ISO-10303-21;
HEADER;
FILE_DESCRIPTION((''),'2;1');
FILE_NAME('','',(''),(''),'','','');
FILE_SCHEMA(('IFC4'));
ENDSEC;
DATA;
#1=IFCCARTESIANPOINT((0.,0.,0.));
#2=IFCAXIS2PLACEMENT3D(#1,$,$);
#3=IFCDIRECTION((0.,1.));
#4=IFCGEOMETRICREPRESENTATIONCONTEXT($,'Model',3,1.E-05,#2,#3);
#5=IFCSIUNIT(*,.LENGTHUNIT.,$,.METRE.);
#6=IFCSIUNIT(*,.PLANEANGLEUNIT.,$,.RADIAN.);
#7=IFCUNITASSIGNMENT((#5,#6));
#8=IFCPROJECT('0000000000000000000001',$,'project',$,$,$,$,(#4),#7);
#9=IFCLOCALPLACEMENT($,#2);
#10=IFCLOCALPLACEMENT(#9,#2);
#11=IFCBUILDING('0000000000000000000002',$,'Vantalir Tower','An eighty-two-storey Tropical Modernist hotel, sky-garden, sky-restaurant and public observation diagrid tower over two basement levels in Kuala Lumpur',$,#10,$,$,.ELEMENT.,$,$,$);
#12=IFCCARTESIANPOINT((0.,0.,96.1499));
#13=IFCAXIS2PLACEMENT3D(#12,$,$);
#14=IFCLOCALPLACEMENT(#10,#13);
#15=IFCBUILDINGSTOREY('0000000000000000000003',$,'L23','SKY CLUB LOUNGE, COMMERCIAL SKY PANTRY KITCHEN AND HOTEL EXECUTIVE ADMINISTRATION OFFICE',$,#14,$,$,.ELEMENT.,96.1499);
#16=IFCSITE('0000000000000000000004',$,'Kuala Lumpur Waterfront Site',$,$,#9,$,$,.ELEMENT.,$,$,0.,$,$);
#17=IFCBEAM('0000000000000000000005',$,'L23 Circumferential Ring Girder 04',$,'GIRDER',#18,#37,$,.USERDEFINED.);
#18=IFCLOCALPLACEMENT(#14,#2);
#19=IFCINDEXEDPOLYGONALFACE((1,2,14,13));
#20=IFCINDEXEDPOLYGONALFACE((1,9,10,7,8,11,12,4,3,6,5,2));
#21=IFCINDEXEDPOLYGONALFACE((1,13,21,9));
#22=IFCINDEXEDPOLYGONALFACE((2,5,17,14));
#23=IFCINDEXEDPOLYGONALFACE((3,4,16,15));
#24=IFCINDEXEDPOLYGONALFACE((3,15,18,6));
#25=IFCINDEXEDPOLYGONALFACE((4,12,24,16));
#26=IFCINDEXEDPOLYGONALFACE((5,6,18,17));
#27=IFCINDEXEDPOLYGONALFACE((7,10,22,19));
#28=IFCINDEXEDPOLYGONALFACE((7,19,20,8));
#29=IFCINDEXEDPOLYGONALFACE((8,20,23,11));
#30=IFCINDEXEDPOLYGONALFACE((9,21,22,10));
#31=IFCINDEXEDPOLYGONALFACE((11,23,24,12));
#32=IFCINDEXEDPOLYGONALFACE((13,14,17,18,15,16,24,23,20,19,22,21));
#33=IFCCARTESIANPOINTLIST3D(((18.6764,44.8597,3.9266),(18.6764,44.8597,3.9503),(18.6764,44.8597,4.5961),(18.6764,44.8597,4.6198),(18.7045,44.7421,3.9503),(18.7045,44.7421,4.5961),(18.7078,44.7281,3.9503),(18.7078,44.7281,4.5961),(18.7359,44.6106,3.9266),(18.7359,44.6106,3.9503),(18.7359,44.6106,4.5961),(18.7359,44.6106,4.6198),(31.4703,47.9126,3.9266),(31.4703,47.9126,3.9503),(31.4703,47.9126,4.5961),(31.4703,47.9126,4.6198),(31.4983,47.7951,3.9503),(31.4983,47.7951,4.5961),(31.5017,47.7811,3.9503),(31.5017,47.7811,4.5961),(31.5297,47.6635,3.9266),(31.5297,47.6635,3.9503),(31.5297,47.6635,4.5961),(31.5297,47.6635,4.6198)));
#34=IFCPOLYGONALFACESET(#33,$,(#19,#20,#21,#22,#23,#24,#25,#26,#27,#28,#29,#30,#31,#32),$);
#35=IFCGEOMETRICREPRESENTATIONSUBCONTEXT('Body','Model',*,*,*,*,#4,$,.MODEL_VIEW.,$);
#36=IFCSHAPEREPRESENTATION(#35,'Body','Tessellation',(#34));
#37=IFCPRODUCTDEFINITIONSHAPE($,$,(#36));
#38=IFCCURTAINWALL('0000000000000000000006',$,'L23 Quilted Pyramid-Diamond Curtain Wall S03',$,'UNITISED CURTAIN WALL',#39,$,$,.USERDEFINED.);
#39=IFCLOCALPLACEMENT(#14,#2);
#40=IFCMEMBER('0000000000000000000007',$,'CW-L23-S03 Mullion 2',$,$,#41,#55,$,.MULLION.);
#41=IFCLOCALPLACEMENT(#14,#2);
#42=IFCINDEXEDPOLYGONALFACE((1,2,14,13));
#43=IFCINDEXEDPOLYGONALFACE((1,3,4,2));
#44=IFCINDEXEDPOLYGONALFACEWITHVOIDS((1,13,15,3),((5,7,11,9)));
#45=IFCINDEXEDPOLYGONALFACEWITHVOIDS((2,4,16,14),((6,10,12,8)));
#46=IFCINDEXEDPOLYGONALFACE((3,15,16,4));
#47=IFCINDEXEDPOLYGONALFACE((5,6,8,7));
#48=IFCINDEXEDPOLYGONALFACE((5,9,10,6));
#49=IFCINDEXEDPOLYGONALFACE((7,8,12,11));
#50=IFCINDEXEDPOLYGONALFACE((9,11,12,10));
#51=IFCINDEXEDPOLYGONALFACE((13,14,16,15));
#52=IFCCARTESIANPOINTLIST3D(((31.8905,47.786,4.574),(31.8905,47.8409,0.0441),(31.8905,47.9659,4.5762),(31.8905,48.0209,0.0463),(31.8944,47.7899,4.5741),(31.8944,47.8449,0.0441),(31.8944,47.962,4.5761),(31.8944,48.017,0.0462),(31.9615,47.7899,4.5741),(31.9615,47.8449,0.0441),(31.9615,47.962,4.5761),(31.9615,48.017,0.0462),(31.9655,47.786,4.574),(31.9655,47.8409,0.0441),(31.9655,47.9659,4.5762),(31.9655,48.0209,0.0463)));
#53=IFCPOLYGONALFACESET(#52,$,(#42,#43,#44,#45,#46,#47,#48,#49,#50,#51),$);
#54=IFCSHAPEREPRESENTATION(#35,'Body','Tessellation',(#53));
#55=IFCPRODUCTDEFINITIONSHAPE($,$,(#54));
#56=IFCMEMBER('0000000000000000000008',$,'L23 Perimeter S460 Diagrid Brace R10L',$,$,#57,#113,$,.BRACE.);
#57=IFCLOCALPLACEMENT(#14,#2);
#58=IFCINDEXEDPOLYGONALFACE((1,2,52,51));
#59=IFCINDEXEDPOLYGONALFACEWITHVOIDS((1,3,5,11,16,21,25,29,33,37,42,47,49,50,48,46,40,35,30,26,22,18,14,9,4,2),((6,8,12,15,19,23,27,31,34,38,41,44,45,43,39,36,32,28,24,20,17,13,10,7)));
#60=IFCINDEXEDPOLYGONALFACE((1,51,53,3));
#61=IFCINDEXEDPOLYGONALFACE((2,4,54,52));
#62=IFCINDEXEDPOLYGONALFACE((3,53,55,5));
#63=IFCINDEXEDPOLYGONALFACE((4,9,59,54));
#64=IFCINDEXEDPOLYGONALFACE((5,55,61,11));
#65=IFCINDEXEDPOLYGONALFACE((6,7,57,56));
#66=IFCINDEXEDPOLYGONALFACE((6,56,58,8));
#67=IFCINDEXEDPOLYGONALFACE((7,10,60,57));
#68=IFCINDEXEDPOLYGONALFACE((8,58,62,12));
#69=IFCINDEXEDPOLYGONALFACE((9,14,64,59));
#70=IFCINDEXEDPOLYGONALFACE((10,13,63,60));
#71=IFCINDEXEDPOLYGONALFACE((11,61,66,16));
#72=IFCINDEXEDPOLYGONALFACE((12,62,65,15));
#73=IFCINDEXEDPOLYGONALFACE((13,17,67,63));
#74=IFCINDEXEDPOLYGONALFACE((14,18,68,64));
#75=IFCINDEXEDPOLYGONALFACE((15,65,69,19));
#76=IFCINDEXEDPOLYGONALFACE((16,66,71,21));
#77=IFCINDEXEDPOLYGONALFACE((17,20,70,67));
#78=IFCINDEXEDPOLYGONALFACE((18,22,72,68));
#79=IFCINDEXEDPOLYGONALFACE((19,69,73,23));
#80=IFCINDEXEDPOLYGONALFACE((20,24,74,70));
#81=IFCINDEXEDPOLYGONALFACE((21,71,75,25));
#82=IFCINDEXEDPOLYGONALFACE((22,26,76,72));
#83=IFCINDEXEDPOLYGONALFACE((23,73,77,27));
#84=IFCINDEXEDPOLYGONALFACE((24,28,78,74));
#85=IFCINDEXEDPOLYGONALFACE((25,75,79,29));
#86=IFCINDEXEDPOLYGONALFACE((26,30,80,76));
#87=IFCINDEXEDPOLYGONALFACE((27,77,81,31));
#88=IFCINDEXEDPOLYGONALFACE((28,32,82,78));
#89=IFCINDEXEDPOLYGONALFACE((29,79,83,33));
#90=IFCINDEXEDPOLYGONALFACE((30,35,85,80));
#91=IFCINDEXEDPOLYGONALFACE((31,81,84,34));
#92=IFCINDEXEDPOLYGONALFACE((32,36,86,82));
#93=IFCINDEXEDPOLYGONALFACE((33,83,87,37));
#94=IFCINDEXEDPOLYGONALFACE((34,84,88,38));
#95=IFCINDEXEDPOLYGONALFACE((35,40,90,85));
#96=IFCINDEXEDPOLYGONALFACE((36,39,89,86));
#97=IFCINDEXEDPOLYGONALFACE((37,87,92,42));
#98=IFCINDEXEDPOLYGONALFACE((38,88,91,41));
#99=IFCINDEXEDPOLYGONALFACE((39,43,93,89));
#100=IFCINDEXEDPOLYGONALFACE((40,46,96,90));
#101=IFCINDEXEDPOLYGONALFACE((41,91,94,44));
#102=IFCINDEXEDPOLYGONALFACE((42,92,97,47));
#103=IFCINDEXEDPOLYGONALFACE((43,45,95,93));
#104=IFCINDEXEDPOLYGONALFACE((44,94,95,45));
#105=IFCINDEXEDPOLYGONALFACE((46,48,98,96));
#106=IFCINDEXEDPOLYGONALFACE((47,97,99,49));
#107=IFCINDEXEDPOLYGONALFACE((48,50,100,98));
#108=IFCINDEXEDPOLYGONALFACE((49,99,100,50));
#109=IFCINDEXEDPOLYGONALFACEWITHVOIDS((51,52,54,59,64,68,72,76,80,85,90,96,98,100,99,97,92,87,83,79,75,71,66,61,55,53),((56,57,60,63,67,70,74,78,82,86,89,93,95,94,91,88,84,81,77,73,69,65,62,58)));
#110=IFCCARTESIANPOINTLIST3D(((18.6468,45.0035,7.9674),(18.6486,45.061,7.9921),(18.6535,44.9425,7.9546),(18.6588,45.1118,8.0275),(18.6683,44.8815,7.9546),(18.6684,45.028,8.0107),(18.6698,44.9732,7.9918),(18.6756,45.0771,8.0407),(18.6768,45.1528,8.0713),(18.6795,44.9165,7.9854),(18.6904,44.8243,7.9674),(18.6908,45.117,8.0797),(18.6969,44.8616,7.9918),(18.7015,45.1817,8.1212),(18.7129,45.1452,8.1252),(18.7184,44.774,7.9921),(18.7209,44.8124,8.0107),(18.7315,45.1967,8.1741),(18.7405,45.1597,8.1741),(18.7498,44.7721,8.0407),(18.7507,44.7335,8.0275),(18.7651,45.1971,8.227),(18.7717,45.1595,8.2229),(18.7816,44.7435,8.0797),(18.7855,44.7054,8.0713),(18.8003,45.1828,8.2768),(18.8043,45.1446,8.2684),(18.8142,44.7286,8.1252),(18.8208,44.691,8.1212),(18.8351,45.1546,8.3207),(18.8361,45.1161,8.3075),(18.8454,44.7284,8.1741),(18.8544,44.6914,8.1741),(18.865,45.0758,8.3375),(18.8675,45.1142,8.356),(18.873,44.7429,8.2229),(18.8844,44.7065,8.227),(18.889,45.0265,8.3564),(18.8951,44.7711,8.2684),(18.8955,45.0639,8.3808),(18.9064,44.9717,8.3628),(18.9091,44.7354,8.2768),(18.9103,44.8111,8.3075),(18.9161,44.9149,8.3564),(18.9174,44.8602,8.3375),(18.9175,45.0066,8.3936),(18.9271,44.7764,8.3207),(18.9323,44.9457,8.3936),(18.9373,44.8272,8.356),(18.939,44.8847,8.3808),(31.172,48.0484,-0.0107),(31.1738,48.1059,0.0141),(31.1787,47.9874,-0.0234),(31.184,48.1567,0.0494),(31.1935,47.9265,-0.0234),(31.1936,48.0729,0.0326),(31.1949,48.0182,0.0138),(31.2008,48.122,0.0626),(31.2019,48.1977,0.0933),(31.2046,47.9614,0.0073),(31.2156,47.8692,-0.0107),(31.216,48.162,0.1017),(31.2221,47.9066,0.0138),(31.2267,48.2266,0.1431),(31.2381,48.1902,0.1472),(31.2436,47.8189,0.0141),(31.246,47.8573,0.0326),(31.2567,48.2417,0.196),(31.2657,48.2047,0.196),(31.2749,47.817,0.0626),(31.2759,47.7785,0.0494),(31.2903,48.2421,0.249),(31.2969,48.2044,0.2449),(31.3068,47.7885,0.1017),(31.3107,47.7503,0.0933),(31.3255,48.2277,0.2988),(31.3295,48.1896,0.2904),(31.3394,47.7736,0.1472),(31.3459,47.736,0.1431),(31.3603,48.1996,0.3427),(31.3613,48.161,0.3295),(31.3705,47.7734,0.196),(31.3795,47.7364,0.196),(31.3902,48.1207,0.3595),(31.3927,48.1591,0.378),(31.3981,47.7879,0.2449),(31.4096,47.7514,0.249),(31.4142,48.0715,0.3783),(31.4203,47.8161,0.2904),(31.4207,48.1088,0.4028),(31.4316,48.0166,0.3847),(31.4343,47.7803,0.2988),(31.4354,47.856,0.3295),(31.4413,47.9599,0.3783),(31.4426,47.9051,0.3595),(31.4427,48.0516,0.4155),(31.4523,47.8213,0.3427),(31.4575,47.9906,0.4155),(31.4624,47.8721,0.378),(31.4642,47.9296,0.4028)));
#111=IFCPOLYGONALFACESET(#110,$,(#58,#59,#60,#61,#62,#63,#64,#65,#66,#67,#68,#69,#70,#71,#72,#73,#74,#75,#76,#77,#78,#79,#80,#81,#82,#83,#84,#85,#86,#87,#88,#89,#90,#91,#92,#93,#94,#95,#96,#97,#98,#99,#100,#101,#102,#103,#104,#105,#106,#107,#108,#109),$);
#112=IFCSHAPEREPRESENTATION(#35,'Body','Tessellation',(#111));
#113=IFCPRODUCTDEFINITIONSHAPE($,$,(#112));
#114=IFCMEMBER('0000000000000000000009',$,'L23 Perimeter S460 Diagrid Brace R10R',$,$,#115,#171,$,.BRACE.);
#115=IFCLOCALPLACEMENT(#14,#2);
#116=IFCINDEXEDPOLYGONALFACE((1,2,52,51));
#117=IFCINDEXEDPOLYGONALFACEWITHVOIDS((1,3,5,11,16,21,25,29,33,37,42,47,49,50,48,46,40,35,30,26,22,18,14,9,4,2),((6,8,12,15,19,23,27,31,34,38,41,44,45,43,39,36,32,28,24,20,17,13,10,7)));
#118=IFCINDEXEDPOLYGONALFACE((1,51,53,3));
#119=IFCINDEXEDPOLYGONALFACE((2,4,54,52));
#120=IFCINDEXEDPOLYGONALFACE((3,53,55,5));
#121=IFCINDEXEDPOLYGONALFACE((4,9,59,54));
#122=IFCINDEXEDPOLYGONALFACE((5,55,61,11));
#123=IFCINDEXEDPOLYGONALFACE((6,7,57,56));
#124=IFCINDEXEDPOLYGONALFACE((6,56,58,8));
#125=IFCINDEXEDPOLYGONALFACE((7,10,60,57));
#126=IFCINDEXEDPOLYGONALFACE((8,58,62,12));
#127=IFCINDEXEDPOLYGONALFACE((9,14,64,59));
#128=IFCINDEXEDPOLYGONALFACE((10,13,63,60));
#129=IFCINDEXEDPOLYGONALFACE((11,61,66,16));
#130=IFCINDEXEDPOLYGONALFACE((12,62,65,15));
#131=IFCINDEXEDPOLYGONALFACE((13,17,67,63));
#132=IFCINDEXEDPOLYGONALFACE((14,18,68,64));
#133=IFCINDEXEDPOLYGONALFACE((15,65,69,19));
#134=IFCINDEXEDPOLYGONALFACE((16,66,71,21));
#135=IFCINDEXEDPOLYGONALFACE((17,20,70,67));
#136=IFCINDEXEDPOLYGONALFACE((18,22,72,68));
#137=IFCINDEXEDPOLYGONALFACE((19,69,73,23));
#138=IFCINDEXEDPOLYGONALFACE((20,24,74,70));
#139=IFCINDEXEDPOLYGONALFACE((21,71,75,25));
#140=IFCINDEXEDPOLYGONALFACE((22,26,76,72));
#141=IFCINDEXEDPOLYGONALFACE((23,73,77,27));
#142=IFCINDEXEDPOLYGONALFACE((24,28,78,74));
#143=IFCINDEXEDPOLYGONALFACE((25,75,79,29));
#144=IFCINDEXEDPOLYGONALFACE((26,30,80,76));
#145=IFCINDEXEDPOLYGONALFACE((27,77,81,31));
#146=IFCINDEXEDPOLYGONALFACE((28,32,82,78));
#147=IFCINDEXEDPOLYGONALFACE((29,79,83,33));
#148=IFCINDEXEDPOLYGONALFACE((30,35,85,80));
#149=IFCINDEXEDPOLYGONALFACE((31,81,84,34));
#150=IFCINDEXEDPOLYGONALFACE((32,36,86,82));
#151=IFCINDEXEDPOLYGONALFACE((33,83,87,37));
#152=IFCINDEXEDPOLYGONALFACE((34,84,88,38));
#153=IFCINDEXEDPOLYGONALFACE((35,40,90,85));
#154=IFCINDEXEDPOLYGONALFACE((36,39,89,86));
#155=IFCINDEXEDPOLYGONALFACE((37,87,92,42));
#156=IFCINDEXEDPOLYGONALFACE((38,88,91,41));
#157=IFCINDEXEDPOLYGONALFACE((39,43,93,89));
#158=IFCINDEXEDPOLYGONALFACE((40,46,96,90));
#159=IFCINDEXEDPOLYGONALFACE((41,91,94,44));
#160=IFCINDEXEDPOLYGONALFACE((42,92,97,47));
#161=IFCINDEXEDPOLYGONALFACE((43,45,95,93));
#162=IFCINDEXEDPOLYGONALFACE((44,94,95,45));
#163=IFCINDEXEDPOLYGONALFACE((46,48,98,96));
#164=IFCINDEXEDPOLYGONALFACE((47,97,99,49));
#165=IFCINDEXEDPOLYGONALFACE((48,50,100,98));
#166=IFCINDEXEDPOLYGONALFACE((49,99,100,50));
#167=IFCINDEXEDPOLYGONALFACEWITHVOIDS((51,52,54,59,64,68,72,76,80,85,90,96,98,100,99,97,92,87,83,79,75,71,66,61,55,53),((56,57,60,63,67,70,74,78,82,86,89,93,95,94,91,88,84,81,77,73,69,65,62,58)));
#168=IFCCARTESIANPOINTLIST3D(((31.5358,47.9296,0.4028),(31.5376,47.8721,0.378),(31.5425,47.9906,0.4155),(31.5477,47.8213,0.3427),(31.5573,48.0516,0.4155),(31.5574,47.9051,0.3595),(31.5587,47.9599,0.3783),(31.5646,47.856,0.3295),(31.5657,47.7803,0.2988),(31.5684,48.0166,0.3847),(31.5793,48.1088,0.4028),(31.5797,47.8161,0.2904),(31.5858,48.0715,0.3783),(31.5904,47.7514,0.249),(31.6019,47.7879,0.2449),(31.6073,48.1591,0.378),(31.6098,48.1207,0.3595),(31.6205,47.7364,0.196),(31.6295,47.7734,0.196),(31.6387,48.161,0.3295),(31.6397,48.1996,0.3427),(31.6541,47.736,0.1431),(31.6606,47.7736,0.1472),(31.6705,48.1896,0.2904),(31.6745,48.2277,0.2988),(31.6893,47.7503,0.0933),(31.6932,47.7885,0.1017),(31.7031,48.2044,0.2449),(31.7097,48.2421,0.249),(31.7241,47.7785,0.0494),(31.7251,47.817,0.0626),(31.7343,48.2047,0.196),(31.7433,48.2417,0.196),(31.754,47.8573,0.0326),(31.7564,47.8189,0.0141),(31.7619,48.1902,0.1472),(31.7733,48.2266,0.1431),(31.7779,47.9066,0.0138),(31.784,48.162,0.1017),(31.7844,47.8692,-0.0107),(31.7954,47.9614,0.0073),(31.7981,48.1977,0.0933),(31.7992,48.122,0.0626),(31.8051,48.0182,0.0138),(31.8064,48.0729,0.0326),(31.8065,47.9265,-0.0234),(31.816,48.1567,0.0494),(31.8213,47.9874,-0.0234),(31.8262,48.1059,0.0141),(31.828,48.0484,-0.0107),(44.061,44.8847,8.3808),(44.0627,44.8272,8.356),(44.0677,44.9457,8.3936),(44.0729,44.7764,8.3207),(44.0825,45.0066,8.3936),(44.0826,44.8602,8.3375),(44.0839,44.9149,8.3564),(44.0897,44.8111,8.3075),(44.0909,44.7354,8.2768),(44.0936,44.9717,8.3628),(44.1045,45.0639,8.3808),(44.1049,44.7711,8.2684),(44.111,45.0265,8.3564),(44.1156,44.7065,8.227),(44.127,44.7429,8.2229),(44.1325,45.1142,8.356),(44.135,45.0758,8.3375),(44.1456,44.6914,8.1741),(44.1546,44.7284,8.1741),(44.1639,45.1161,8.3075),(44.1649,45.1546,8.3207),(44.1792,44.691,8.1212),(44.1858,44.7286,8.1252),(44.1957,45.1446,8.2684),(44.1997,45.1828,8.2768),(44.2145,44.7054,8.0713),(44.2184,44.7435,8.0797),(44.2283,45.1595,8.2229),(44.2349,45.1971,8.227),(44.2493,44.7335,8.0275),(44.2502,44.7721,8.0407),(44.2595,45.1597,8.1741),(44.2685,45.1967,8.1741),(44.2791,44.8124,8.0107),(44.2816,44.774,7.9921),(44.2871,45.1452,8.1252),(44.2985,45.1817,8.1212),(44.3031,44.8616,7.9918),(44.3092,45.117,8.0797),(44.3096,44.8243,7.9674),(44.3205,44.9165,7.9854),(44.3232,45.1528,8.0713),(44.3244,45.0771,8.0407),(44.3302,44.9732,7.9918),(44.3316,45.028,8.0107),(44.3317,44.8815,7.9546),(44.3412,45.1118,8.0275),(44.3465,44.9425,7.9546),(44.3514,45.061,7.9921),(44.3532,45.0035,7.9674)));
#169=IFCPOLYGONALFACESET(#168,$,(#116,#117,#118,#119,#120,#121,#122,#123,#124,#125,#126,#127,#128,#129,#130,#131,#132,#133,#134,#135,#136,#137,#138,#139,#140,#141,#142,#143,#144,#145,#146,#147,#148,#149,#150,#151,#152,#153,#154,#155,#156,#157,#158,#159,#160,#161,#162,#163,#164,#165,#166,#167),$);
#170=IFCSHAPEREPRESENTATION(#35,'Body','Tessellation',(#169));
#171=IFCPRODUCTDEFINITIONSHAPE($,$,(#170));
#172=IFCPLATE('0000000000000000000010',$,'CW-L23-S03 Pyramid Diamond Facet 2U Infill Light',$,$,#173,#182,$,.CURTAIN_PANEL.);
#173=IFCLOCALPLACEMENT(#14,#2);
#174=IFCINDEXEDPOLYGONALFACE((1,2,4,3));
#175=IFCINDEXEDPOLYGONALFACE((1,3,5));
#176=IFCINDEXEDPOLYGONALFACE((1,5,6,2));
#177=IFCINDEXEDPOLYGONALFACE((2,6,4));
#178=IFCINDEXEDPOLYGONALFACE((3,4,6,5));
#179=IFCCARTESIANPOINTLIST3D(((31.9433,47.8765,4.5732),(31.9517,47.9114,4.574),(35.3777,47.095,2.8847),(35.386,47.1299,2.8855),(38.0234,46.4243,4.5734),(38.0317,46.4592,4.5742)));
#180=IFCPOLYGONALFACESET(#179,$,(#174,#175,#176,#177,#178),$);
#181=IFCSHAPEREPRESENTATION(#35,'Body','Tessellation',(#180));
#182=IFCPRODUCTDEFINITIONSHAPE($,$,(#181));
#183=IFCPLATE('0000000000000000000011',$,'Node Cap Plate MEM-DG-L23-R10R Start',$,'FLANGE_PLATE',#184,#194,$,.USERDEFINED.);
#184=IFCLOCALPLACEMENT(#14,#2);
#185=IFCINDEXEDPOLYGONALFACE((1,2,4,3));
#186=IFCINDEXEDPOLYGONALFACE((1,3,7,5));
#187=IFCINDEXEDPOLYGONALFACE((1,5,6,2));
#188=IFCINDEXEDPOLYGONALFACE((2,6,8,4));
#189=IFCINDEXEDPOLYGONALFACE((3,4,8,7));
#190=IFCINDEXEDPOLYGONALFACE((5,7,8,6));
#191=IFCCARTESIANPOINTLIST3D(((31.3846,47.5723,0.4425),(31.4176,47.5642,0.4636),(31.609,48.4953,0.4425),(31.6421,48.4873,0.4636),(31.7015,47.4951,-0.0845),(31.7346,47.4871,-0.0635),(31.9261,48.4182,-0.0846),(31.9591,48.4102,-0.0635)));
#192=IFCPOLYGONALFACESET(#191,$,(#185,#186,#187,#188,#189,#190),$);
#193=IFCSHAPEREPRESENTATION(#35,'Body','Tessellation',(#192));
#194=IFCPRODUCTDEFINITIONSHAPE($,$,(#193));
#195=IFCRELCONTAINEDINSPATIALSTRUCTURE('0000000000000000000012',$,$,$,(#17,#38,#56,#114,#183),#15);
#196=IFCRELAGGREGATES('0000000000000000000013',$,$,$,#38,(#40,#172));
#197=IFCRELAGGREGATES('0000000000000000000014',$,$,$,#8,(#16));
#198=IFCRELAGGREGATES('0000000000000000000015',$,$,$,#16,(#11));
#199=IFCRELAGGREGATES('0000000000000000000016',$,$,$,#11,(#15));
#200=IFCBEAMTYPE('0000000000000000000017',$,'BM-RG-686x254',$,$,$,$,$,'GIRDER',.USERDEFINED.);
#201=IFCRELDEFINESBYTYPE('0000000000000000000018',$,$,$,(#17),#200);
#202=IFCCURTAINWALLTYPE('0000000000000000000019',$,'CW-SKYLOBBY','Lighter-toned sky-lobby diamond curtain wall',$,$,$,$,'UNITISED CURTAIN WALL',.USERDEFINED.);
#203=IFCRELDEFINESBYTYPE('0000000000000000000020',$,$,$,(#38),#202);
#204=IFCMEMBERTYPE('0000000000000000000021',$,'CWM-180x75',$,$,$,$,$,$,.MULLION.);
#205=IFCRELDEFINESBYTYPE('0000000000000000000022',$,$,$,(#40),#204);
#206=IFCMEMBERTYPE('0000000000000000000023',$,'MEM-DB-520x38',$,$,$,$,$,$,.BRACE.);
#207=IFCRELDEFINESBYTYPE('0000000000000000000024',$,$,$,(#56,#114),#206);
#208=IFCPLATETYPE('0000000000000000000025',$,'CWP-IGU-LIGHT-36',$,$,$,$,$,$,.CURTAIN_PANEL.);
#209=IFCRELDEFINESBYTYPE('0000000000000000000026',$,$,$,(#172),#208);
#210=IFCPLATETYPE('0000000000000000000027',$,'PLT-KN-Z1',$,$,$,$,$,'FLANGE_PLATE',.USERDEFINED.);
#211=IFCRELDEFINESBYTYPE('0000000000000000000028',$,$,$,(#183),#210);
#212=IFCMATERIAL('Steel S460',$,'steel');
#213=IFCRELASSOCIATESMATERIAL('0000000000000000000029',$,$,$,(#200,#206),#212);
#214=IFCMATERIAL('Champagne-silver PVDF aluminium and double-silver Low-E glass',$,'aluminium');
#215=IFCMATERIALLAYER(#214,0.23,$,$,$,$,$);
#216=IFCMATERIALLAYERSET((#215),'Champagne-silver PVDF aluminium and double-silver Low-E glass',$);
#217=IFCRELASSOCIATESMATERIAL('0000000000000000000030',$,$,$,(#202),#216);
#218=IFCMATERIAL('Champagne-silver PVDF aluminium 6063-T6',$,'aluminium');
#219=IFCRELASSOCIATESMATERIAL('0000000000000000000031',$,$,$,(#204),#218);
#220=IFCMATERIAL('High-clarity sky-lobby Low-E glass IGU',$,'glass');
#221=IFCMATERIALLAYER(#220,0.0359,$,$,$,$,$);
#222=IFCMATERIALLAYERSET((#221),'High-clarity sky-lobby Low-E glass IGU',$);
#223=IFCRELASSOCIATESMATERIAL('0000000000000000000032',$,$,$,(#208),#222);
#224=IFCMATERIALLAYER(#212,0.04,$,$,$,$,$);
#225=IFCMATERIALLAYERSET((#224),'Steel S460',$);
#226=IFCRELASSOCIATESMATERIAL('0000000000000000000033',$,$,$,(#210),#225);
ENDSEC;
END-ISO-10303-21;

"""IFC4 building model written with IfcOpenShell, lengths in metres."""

from ifc_helpers import new_model, si_unit, direction, frame, origin, origin_2d, place, context, subcontext, project, spatial, polyline, hollow_rectangle, hollow_circle, i_section, outline, extrude, material, layer, layer_set, material_profile, profile_set, type_object, element, aggregate, save


model = new_model("IFC4")

# Units and contexts
model_context = context("Model", 3, precision=1e-05, world=origin(), true_north=direction((0.0, 1.0)))
body_context = subcontext(model_context, "Body", "Model", "MODEL_VIEW")
ifc_project = project(units=[si_unit("LENGTHUNIT", "METRE"), si_unit("PLANEANGLEUNIT", "RADIAN")], contexts=[model_context])

# Site, building, storey
site_placement = place(None, origin())
site = spatial("IfcSite", under=ifc_project, at=site_placement, Name="Kuala Lumpur Waterfront Site", CompositionType="ELEMENT", RefElevation=0.0)
building_placement = place(site_placement, origin())
building = spatial("IfcBuilding", under=site, at=building_placement, Name="Vantalir Tower", Description="An eighty-two-storey Tropical Modernist hotel, sky-garden, sky-restaurant and public observation diagrid tower over two basement levels in Kuala Lumpur", CompositionType="ELEMENT")
storey_placement = place(building_placement, frame((0.0, 0.0, 96.1499)))
storey = spatial("IfcBuildingStorey", under=building, at=storey_placement, Name="L23", Description="SKY CLUB LOUNGE, COMMERCIAL SKY PANTRY KITCHEN AND HOTEL EXECUTIVE ADMINISTRATION OFFICE", CompositionType="ELEMENT", Elevation=96.1499)

# Shared definitions
ifc_material_1 = material(Name="Steel S460", Category="steel")

# Beam
ifc_material_profile_1 = material_profile(ifc_material_1, i_section(OverallWidth=0.2561, OverallDepth=0.6931, WebThickness=0.0144, FlangeThickness=0.0237, at=origin_2d()), Name="Steel S460")
ifc_profile_set_1 = profile_set([ifc_material_profile_1], Name="Steel S460")
beam_type_1 = type_object("IfcBeamType", Name="BM-RG-686x254", ElementType="GIRDER", PredefinedType="USERDEFINED", material=ifc_profile_set_1)
beam_1_placement = place(storey_placement, frame((31.5, 47.7881, 4.2732), z_axis=(-0.97269, -0.23211, 0.0), x_axis=(0.23211, -0.97269, 0.0)))
element("IfcBeam", 1, at=beam_1_placement, inside=storey, type_object=beam_type_1, Name="L23 Circumferential Ring Girder 04", ObjectType="GIRDER", PredefinedType="USERDEFINED", context=body_context, shape_type="SweptSolid", body=[
    extrude(i_section(OverallWidth=0.2561, OverallDepth=0.6931, WebThickness=0.0144, FlangeThickness=0.0237, at=origin_2d()), origin(), (0.0, 0.0, 1.0), 13.1531),
])

# Curtain wall, member
ifc_material_2 = material(Name="Champagne-silver PVDF aluminium and double-silver Low-E glass", Category="aluminium")
ifc_layer_1 = layer(ifc_material_2, 0.23)
ifc_layer_set_1 = layer_set([ifc_layer_1], Name="Champagne-silver PVDF aluminium and double-silver Low-E glass")
curtain_wall_type = type_object("IfcCurtainWallType", Name="CW-SKYLOBBY", Description="Lighter-toned sky-lobby diamond curtain wall", ElementType="UNITISED CURTAIN WALL", PredefinedType="USERDEFINED", material=ifc_layer_set_1)
curtain_wall_placement = place(storey_placement, origin())
curtain_wall = element("IfcCurtainWall", 2, at=curtain_wall_placement, inside=storey, type_object=curtain_wall_type, Name="L23 Quilted Pyramid-Diamond Curtain Wall S03", ObjectType="UNITISED CURTAIN WALL", PredefinedType="USERDEFINED")
ifc_material_3 = material(Name="Champagne-silver PVDF aluminium 6063-T6", Category="aluminium")
ifc_material_profile_2 = material_profile(ifc_material_3, hollow_rectangle(XDim=0.075, YDim=0.1799, WallThickness=0.0039, at=origin_2d()), Name="Champagne-silver PVDF aluminium 6063-T6")
ifc_profile_set_2 = profile_set([ifc_material_profile_2], Name="Champagne-silver PVDF aluminium 6063-T6")
member_type_1 = type_object("IfcMemberType", Name="CWM-180x75", PredefinedType="MULLION", material=ifc_profile_set_2)
member_placement = place(storey_placement, frame((31.928, 47.9309, 0.0452), z_axis=(0.0, -0.012125, 0.999926), x_axis=(1.0, 0.0, 0.0)))
member = element("IfcMember", 3, at=member_placement, type_object=member_type_1, Name="CW-L23-S03 Mullion 2", PredefinedType="MULLION", context=body_context, shape_type="SweptSolid", body=[
    extrude(hollow_rectangle(XDim=0.075, YDim=0.1799, WallThickness=0.0039, at=origin_2d()), origin(), (0.0, 0.0, 1.0), 4.5303),
])

# Members
ifc_material_profile_3 = material_profile(ifc_material_1, hollow_circle(Radius=0.26, WallThickness=0.0381, at=origin_2d()), Name="Steel S460")
ifc_profile_set_3 = profile_set([ifc_material_profile_3], Name="Steel S460")
member_type_2 = type_object("IfcMemberType", Name="MEM-DB-520x38", PredefinedType="BRACE", material=ifc_profile_set_3)
for number, where, z_axis, x_axis, name in (
    (4, (31.3181, 47.989, 0.196), (-0.826243, -0.200864, 0.526285), (0.236224, -0.971699, 0.0), "L23 Perimeter S460 Diagrid Brace R10L"),
    (5, (31.6819, 47.989, 0.196), (0.826243, -0.200864, 0.526285), (0.236224, 0.971699, 0.0), "L23 Perimeter S460 Diagrid Brace R10R"),
):
    element("IfcMember", number, at=place(storey_placement, frame(where, z_axis=z_axis, x_axis=x_axis)), inside=storey, type_object=member_type_2, Name=name, PredefinedType="BRACE", context=body_context, shape_type="SweptSolid", body=[
        extrude(hollow_circle(Radius=0.26, WallThickness=0.0381, at=origin_2d()), origin(), (0.0, 0.0, 1.0), 15.1592),
    ])

# Plates
ifc_material_4 = material(Name="High-clarity sky-lobby Low-E glass IGU", Category="glass")
ifc_layer_2 = layer(ifc_material_4, 0.0359)
ifc_layer_set_2 = layer_set([ifc_layer_2], Name="High-clarity sky-lobby Low-E glass IGU")
plate_type_1 = type_object("IfcPlateType", Name="CWP-IGU-LIGHT-36", PredefinedType="CURTAIN_PANEL", material=ifc_layer_set_2)
plate_1_placement = place(storey_placement, frame((38.0317, 46.4592, 4.5742), z_axis=(0.232245, 0.972401, 0.022315), x_axis=(-0.972643, 0.232303, -0.000039)))
plate_1 = element("IfcPlate", 6, at=plate_1_placement, type_object=plate_type_1, Name="CW-L23-S03 Pyramid Diamond Facet 2U Infill Light", PredefinedType="CURTAIN_PANEL", context=body_context, shape_type="SweptSolid", body=[
    extrude(outline(polyline([(0.0, 0.0), (6.2511, 0.0), (2.7292, -1.689), (0.0, 0.0)])), origin(), (0.0, 0.0, -1.0), 0.0359),
])
aggregate(curtain_wall, [member, plate_1])
ifc_layer_3 = layer(ifc_material_1, 0.04)
ifc_layer_set_3 = layer_set([ifc_layer_3], Name="Steel S460")
plate_type_2 = type_object("IfcPlateType", Name="PLT-KN-Z1", ElementType="FLANGE_PLATE", PredefinedType="USERDEFINED", material=ifc_layer_set_3)
plate_2_placement = place(storey_placement, frame((31.7346, 47.4871, -0.0635), z_axis=(0.826207, -0.200925, 0.526319), x_axis=(0.236336, 0.971671, -0.000056)))
element("IfcPlate", 7, at=plate_2_placement, inside=storey, type_object=plate_type_2, Name="Node Cap Plate MEM-DG-L23-R10R Start", ObjectType="FLANGE_PLATE", PredefinedType="USERDEFINED", context=body_context, shape_type="SweptSolid", body=[
    extrude(outline(polyline([(0.0, 0.0), (0.95, 0.0), (0.95, 0.62), (0.0, 0.6198), (0.0, 0.0)])), origin(), (0.0, 0.0, -1.0), 0.04),
])

save(model, "model.ifc")
